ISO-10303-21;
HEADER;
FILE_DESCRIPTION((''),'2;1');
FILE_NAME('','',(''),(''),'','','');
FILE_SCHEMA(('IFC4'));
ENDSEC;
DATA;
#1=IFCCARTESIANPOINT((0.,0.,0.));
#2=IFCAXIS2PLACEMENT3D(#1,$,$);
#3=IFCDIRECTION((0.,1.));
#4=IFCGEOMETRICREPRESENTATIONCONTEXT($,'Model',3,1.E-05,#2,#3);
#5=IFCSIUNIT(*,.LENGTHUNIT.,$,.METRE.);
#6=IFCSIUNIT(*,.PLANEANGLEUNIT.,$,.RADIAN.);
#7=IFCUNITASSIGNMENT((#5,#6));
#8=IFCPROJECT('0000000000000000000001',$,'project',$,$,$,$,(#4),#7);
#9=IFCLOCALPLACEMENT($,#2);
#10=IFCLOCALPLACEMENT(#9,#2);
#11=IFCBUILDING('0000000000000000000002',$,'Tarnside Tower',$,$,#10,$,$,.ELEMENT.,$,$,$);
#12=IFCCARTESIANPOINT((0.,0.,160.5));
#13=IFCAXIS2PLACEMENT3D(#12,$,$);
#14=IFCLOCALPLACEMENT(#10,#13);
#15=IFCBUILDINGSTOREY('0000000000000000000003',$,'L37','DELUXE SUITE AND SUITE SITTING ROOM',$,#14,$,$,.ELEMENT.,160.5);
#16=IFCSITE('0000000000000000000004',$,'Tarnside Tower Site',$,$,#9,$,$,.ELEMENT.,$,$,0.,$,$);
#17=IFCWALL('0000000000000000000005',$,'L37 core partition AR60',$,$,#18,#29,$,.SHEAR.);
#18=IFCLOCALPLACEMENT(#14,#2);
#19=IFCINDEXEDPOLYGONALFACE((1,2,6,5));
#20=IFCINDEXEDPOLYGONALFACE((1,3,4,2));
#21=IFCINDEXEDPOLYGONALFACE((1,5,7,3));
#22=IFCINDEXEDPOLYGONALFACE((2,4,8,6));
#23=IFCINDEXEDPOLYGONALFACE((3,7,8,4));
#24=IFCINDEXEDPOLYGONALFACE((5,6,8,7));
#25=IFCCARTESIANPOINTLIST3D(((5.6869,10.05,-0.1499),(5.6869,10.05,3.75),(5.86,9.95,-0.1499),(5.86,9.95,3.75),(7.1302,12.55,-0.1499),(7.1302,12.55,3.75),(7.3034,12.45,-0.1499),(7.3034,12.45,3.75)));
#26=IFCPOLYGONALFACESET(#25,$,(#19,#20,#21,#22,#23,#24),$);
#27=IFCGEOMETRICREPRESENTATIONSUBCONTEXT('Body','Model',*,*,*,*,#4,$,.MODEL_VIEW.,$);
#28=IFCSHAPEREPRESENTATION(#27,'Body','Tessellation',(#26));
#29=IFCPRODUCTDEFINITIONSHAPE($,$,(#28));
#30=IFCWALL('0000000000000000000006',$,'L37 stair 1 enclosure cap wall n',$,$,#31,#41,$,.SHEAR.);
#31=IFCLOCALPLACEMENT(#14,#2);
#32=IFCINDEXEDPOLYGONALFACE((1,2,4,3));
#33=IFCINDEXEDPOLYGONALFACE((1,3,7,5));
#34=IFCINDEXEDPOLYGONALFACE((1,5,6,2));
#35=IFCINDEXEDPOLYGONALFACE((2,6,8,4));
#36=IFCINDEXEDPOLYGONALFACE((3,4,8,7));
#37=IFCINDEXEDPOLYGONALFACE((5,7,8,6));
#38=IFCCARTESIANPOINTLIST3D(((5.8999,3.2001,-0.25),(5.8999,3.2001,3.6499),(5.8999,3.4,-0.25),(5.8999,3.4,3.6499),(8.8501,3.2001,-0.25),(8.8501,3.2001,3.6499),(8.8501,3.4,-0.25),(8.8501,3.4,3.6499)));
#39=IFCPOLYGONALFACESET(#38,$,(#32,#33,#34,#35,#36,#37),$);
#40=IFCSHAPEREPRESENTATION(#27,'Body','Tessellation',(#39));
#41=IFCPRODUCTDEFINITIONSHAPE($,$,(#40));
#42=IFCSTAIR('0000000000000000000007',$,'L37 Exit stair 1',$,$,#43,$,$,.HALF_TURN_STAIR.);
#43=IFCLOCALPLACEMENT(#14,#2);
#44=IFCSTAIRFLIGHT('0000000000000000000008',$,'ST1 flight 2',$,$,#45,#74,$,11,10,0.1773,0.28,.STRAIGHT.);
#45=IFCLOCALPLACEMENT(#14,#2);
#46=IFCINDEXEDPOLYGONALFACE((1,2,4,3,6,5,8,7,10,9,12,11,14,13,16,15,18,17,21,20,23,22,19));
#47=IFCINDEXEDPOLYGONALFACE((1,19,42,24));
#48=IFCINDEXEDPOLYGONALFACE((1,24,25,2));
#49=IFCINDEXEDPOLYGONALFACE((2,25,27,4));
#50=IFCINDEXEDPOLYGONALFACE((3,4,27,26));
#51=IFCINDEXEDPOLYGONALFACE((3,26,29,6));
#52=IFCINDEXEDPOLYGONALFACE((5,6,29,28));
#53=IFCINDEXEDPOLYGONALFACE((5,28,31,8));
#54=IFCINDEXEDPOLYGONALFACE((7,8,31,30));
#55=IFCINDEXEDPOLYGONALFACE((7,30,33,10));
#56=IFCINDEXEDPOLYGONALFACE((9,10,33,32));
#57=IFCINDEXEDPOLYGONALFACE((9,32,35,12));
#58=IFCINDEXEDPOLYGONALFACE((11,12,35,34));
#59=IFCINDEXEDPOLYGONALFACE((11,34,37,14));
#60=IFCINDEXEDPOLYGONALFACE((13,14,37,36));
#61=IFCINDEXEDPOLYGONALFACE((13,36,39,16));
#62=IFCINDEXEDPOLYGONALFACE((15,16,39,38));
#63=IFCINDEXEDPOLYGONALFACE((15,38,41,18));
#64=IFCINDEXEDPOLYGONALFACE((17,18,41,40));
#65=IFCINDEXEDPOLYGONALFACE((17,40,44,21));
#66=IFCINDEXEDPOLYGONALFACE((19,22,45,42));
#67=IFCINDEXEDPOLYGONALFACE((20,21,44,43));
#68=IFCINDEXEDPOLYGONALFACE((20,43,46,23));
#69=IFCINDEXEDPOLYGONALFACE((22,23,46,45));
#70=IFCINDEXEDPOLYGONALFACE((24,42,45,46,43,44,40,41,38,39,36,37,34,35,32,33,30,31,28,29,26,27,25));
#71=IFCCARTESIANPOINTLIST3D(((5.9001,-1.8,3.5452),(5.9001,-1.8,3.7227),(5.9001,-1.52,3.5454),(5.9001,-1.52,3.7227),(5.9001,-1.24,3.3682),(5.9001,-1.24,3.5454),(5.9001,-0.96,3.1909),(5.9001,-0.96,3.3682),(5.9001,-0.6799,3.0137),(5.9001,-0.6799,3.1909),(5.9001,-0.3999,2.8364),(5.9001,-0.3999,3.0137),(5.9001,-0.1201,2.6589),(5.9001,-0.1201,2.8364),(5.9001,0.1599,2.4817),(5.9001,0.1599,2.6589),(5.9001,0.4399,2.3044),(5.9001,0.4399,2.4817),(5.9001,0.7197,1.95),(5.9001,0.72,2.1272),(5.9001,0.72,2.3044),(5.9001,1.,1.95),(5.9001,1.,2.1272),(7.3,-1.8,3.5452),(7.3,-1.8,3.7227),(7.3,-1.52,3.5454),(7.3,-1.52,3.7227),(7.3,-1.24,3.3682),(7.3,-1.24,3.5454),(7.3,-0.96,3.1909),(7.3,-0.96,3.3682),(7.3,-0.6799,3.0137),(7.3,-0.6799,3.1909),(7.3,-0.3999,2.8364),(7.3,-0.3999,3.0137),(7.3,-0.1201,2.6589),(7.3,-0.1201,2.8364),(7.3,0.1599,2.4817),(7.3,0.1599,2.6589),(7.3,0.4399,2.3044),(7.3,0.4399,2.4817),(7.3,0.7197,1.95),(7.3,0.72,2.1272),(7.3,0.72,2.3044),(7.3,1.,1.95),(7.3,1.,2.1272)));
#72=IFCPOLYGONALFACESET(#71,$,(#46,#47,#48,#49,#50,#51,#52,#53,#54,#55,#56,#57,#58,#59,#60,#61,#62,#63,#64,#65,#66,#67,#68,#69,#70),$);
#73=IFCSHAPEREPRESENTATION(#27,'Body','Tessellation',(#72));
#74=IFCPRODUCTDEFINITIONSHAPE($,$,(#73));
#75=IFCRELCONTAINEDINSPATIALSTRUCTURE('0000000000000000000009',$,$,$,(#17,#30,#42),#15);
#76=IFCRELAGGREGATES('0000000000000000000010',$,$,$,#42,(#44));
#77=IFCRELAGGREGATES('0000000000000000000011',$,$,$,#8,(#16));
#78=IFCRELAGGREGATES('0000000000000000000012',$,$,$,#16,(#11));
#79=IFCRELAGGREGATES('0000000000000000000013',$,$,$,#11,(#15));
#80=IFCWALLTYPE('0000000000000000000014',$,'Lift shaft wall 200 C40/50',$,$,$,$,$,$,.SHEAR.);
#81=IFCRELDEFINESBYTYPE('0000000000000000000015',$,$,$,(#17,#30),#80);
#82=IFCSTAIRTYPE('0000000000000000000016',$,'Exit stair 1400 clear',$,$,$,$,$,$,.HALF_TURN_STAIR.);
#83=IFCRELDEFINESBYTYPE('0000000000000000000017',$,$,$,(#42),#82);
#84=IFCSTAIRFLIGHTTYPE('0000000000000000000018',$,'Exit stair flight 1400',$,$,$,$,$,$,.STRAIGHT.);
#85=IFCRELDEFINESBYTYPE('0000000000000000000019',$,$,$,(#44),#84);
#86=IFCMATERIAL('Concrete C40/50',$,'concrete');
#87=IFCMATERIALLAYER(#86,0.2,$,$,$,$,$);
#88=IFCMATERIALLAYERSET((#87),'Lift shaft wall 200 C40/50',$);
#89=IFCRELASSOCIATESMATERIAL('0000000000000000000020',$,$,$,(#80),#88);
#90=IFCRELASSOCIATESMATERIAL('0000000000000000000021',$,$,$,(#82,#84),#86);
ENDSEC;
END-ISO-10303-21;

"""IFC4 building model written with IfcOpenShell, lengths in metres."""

from ifc_helpers import new_model, si_unit, direction, frame, frame_2d, origin, place, context, subcontext, project, spatial, polyline, rectangle, outline, extrude, material, layer, layer_set, type_object, element, aggregate, save


model = new_model("IFC4")

# Units and contexts
model_context = context("Model", 3, precision=1e-05, world=origin(), true_north=direction((0.0, 1.0)))
body_context = subcontext(model_context, "Body", "Model", "MODEL_VIEW")
ifc_project = project(units=[si_unit("LENGTHUNIT", "METRE"), si_unit("PLANEANGLEUNIT", "RADIAN")], contexts=[model_context])

# Site, building, storey
site_placement = place(None, origin())
site = spatial("IfcSite", under=ifc_project, at=site_placement, Name="Tarnside Tower Site", CompositionType="ELEMENT", RefElevation=0.0)
building_placement = place(site_placement, origin())
building = spatial("IfcBuilding", under=site, at=building_placement, Name="Tarnside Tower", CompositionType="ELEMENT")
storey_placement = place(building_placement, frame((0.0, 0.0, 160.5)))
storey = spatial("IfcBuildingStorey", under=building, at=storey_placement, Name="L37", Description="DELUXE SUITE AND SUITE SITTING ROOM", CompositionType="ELEMENT", Elevation=160.5)

# Walls
ifc_material_1 = material(Name="Concrete C40/50", Category="concrete")
ifc_layer_1 = layer(ifc_material_1, 0.2)
ifc_layer_set_1 = layer_set([ifc_layer_1], Name="Lift shaft wall 200 C40/50")
wall_type_1 = type_object("IfcWallType", Name="Lift shaft wall 200 C40/50", PredefinedType="SHEAR", material=ifc_layer_set_1)
wall_1_placement = place(storey_placement, frame((5.7734, 10.0, -0.1499), z_axis=(0.0, 0.0, 1.0), x_axis=(0.499996, 0.866028, 0.0)))
element("IfcWall", 1, at=wall_1_placement, inside=storey, type_object=wall_type_1, Name="L37 core partition AR60", PredefinedType="SHEAR", context=body_context, shape_type="SweptSolid", body=[
    extrude(rectangle(XDim=2.8867, YDim=0.2, at=frame_2d((1.4434, 0.0))), origin(), (0.0, 0.0, 1.0), 3.8999),
])
wall_2_placement = place(storey_placement, frame((5.8999, 3.3, -0.25), z_axis=(0.0, 0.0, 1.0), x_axis=(1.0, 0.0, 0.0)))
element("IfcWall", 2, at=wall_2_placement, inside=storey, type_object=wall_type_1, Name="L37 stair 1 enclosure cap wall n", PredefinedType="SHEAR", context=body_context, shape_type="SweptSolid", body=[
    extrude(rectangle(XDim=2.9502, YDim=0.2, at=frame_2d((1.4751, 0.0))), origin(), (0.0, 0.0, 1.0), 3.8999),
])

# Stair, stair flight
stair_type = type_object("IfcStairType", Name="Exit stair 1400 clear", PredefinedType="HALF_TURN_STAIR", material=ifc_material_1)
stair_placement = place(storey_placement, origin())
stair = element("IfcStair", 3, at=stair_placement, inside=storey, type_object=stair_type, Name="L37 Exit stair 1", PredefinedType="HALF_TURN_STAIR")
stair_flight_type = type_object("IfcStairFlightType", Name="Exit stair flight 1400", PredefinedType="STRAIGHT", material=ifc_material_1)
stair_flight_placement = place(storey_placement, frame((6.6001, 1.0, 1.95), z_axis=(0.0, 0.0, 1.0), x_axis=(0.0, -1.0, 0.0)))
stair_flight = element("IfcStairFlight", 4, at=stair_flight_placement, type_object=stair_flight_type, Name="ST1 flight 2", NumberOfRisers=11, NumberOfTreads=10, PredefinedType="STRAIGHT", RiserHeight=0.1773, TreadLength=0.28, context=body_context, shape_type="SweptSolid", body=[
    extrude(outline(polyline([(0.0, 0.0), (0.0, 0.1772), (0.28, 0.1772), (0.28, 0.3545), (0.5601, 0.3545), (0.5601, 0.5317), (0.8401, 0.5317), (0.8401, 0.709), (1.1201, 0.709), (1.1201, 0.8865), (1.3999, 0.8865), (1.3999, 1.0637), (1.6799, 1.0637), (1.6799, 1.241), (1.96, 1.241), (1.96, 1.4182), (2.24, 1.4182), (2.24, 1.5955), (2.52, 1.5955), (2.52, 1.7727), (2.8, 1.7727), (2.8, 1.95), (2.8, 1.5952), (0.2803, 0.0), (0.0, 0.0)])), frame((0.0, 0.7, 0.0), z_axis=(0.0, -1.0, 0.0), x_axis=(1.0, 0.0, 0.0)), (0.0, 0.0, 1.0), 1.3999),
])
aggregate(stair, [stair_flight])

save(model, "model.ifc")
